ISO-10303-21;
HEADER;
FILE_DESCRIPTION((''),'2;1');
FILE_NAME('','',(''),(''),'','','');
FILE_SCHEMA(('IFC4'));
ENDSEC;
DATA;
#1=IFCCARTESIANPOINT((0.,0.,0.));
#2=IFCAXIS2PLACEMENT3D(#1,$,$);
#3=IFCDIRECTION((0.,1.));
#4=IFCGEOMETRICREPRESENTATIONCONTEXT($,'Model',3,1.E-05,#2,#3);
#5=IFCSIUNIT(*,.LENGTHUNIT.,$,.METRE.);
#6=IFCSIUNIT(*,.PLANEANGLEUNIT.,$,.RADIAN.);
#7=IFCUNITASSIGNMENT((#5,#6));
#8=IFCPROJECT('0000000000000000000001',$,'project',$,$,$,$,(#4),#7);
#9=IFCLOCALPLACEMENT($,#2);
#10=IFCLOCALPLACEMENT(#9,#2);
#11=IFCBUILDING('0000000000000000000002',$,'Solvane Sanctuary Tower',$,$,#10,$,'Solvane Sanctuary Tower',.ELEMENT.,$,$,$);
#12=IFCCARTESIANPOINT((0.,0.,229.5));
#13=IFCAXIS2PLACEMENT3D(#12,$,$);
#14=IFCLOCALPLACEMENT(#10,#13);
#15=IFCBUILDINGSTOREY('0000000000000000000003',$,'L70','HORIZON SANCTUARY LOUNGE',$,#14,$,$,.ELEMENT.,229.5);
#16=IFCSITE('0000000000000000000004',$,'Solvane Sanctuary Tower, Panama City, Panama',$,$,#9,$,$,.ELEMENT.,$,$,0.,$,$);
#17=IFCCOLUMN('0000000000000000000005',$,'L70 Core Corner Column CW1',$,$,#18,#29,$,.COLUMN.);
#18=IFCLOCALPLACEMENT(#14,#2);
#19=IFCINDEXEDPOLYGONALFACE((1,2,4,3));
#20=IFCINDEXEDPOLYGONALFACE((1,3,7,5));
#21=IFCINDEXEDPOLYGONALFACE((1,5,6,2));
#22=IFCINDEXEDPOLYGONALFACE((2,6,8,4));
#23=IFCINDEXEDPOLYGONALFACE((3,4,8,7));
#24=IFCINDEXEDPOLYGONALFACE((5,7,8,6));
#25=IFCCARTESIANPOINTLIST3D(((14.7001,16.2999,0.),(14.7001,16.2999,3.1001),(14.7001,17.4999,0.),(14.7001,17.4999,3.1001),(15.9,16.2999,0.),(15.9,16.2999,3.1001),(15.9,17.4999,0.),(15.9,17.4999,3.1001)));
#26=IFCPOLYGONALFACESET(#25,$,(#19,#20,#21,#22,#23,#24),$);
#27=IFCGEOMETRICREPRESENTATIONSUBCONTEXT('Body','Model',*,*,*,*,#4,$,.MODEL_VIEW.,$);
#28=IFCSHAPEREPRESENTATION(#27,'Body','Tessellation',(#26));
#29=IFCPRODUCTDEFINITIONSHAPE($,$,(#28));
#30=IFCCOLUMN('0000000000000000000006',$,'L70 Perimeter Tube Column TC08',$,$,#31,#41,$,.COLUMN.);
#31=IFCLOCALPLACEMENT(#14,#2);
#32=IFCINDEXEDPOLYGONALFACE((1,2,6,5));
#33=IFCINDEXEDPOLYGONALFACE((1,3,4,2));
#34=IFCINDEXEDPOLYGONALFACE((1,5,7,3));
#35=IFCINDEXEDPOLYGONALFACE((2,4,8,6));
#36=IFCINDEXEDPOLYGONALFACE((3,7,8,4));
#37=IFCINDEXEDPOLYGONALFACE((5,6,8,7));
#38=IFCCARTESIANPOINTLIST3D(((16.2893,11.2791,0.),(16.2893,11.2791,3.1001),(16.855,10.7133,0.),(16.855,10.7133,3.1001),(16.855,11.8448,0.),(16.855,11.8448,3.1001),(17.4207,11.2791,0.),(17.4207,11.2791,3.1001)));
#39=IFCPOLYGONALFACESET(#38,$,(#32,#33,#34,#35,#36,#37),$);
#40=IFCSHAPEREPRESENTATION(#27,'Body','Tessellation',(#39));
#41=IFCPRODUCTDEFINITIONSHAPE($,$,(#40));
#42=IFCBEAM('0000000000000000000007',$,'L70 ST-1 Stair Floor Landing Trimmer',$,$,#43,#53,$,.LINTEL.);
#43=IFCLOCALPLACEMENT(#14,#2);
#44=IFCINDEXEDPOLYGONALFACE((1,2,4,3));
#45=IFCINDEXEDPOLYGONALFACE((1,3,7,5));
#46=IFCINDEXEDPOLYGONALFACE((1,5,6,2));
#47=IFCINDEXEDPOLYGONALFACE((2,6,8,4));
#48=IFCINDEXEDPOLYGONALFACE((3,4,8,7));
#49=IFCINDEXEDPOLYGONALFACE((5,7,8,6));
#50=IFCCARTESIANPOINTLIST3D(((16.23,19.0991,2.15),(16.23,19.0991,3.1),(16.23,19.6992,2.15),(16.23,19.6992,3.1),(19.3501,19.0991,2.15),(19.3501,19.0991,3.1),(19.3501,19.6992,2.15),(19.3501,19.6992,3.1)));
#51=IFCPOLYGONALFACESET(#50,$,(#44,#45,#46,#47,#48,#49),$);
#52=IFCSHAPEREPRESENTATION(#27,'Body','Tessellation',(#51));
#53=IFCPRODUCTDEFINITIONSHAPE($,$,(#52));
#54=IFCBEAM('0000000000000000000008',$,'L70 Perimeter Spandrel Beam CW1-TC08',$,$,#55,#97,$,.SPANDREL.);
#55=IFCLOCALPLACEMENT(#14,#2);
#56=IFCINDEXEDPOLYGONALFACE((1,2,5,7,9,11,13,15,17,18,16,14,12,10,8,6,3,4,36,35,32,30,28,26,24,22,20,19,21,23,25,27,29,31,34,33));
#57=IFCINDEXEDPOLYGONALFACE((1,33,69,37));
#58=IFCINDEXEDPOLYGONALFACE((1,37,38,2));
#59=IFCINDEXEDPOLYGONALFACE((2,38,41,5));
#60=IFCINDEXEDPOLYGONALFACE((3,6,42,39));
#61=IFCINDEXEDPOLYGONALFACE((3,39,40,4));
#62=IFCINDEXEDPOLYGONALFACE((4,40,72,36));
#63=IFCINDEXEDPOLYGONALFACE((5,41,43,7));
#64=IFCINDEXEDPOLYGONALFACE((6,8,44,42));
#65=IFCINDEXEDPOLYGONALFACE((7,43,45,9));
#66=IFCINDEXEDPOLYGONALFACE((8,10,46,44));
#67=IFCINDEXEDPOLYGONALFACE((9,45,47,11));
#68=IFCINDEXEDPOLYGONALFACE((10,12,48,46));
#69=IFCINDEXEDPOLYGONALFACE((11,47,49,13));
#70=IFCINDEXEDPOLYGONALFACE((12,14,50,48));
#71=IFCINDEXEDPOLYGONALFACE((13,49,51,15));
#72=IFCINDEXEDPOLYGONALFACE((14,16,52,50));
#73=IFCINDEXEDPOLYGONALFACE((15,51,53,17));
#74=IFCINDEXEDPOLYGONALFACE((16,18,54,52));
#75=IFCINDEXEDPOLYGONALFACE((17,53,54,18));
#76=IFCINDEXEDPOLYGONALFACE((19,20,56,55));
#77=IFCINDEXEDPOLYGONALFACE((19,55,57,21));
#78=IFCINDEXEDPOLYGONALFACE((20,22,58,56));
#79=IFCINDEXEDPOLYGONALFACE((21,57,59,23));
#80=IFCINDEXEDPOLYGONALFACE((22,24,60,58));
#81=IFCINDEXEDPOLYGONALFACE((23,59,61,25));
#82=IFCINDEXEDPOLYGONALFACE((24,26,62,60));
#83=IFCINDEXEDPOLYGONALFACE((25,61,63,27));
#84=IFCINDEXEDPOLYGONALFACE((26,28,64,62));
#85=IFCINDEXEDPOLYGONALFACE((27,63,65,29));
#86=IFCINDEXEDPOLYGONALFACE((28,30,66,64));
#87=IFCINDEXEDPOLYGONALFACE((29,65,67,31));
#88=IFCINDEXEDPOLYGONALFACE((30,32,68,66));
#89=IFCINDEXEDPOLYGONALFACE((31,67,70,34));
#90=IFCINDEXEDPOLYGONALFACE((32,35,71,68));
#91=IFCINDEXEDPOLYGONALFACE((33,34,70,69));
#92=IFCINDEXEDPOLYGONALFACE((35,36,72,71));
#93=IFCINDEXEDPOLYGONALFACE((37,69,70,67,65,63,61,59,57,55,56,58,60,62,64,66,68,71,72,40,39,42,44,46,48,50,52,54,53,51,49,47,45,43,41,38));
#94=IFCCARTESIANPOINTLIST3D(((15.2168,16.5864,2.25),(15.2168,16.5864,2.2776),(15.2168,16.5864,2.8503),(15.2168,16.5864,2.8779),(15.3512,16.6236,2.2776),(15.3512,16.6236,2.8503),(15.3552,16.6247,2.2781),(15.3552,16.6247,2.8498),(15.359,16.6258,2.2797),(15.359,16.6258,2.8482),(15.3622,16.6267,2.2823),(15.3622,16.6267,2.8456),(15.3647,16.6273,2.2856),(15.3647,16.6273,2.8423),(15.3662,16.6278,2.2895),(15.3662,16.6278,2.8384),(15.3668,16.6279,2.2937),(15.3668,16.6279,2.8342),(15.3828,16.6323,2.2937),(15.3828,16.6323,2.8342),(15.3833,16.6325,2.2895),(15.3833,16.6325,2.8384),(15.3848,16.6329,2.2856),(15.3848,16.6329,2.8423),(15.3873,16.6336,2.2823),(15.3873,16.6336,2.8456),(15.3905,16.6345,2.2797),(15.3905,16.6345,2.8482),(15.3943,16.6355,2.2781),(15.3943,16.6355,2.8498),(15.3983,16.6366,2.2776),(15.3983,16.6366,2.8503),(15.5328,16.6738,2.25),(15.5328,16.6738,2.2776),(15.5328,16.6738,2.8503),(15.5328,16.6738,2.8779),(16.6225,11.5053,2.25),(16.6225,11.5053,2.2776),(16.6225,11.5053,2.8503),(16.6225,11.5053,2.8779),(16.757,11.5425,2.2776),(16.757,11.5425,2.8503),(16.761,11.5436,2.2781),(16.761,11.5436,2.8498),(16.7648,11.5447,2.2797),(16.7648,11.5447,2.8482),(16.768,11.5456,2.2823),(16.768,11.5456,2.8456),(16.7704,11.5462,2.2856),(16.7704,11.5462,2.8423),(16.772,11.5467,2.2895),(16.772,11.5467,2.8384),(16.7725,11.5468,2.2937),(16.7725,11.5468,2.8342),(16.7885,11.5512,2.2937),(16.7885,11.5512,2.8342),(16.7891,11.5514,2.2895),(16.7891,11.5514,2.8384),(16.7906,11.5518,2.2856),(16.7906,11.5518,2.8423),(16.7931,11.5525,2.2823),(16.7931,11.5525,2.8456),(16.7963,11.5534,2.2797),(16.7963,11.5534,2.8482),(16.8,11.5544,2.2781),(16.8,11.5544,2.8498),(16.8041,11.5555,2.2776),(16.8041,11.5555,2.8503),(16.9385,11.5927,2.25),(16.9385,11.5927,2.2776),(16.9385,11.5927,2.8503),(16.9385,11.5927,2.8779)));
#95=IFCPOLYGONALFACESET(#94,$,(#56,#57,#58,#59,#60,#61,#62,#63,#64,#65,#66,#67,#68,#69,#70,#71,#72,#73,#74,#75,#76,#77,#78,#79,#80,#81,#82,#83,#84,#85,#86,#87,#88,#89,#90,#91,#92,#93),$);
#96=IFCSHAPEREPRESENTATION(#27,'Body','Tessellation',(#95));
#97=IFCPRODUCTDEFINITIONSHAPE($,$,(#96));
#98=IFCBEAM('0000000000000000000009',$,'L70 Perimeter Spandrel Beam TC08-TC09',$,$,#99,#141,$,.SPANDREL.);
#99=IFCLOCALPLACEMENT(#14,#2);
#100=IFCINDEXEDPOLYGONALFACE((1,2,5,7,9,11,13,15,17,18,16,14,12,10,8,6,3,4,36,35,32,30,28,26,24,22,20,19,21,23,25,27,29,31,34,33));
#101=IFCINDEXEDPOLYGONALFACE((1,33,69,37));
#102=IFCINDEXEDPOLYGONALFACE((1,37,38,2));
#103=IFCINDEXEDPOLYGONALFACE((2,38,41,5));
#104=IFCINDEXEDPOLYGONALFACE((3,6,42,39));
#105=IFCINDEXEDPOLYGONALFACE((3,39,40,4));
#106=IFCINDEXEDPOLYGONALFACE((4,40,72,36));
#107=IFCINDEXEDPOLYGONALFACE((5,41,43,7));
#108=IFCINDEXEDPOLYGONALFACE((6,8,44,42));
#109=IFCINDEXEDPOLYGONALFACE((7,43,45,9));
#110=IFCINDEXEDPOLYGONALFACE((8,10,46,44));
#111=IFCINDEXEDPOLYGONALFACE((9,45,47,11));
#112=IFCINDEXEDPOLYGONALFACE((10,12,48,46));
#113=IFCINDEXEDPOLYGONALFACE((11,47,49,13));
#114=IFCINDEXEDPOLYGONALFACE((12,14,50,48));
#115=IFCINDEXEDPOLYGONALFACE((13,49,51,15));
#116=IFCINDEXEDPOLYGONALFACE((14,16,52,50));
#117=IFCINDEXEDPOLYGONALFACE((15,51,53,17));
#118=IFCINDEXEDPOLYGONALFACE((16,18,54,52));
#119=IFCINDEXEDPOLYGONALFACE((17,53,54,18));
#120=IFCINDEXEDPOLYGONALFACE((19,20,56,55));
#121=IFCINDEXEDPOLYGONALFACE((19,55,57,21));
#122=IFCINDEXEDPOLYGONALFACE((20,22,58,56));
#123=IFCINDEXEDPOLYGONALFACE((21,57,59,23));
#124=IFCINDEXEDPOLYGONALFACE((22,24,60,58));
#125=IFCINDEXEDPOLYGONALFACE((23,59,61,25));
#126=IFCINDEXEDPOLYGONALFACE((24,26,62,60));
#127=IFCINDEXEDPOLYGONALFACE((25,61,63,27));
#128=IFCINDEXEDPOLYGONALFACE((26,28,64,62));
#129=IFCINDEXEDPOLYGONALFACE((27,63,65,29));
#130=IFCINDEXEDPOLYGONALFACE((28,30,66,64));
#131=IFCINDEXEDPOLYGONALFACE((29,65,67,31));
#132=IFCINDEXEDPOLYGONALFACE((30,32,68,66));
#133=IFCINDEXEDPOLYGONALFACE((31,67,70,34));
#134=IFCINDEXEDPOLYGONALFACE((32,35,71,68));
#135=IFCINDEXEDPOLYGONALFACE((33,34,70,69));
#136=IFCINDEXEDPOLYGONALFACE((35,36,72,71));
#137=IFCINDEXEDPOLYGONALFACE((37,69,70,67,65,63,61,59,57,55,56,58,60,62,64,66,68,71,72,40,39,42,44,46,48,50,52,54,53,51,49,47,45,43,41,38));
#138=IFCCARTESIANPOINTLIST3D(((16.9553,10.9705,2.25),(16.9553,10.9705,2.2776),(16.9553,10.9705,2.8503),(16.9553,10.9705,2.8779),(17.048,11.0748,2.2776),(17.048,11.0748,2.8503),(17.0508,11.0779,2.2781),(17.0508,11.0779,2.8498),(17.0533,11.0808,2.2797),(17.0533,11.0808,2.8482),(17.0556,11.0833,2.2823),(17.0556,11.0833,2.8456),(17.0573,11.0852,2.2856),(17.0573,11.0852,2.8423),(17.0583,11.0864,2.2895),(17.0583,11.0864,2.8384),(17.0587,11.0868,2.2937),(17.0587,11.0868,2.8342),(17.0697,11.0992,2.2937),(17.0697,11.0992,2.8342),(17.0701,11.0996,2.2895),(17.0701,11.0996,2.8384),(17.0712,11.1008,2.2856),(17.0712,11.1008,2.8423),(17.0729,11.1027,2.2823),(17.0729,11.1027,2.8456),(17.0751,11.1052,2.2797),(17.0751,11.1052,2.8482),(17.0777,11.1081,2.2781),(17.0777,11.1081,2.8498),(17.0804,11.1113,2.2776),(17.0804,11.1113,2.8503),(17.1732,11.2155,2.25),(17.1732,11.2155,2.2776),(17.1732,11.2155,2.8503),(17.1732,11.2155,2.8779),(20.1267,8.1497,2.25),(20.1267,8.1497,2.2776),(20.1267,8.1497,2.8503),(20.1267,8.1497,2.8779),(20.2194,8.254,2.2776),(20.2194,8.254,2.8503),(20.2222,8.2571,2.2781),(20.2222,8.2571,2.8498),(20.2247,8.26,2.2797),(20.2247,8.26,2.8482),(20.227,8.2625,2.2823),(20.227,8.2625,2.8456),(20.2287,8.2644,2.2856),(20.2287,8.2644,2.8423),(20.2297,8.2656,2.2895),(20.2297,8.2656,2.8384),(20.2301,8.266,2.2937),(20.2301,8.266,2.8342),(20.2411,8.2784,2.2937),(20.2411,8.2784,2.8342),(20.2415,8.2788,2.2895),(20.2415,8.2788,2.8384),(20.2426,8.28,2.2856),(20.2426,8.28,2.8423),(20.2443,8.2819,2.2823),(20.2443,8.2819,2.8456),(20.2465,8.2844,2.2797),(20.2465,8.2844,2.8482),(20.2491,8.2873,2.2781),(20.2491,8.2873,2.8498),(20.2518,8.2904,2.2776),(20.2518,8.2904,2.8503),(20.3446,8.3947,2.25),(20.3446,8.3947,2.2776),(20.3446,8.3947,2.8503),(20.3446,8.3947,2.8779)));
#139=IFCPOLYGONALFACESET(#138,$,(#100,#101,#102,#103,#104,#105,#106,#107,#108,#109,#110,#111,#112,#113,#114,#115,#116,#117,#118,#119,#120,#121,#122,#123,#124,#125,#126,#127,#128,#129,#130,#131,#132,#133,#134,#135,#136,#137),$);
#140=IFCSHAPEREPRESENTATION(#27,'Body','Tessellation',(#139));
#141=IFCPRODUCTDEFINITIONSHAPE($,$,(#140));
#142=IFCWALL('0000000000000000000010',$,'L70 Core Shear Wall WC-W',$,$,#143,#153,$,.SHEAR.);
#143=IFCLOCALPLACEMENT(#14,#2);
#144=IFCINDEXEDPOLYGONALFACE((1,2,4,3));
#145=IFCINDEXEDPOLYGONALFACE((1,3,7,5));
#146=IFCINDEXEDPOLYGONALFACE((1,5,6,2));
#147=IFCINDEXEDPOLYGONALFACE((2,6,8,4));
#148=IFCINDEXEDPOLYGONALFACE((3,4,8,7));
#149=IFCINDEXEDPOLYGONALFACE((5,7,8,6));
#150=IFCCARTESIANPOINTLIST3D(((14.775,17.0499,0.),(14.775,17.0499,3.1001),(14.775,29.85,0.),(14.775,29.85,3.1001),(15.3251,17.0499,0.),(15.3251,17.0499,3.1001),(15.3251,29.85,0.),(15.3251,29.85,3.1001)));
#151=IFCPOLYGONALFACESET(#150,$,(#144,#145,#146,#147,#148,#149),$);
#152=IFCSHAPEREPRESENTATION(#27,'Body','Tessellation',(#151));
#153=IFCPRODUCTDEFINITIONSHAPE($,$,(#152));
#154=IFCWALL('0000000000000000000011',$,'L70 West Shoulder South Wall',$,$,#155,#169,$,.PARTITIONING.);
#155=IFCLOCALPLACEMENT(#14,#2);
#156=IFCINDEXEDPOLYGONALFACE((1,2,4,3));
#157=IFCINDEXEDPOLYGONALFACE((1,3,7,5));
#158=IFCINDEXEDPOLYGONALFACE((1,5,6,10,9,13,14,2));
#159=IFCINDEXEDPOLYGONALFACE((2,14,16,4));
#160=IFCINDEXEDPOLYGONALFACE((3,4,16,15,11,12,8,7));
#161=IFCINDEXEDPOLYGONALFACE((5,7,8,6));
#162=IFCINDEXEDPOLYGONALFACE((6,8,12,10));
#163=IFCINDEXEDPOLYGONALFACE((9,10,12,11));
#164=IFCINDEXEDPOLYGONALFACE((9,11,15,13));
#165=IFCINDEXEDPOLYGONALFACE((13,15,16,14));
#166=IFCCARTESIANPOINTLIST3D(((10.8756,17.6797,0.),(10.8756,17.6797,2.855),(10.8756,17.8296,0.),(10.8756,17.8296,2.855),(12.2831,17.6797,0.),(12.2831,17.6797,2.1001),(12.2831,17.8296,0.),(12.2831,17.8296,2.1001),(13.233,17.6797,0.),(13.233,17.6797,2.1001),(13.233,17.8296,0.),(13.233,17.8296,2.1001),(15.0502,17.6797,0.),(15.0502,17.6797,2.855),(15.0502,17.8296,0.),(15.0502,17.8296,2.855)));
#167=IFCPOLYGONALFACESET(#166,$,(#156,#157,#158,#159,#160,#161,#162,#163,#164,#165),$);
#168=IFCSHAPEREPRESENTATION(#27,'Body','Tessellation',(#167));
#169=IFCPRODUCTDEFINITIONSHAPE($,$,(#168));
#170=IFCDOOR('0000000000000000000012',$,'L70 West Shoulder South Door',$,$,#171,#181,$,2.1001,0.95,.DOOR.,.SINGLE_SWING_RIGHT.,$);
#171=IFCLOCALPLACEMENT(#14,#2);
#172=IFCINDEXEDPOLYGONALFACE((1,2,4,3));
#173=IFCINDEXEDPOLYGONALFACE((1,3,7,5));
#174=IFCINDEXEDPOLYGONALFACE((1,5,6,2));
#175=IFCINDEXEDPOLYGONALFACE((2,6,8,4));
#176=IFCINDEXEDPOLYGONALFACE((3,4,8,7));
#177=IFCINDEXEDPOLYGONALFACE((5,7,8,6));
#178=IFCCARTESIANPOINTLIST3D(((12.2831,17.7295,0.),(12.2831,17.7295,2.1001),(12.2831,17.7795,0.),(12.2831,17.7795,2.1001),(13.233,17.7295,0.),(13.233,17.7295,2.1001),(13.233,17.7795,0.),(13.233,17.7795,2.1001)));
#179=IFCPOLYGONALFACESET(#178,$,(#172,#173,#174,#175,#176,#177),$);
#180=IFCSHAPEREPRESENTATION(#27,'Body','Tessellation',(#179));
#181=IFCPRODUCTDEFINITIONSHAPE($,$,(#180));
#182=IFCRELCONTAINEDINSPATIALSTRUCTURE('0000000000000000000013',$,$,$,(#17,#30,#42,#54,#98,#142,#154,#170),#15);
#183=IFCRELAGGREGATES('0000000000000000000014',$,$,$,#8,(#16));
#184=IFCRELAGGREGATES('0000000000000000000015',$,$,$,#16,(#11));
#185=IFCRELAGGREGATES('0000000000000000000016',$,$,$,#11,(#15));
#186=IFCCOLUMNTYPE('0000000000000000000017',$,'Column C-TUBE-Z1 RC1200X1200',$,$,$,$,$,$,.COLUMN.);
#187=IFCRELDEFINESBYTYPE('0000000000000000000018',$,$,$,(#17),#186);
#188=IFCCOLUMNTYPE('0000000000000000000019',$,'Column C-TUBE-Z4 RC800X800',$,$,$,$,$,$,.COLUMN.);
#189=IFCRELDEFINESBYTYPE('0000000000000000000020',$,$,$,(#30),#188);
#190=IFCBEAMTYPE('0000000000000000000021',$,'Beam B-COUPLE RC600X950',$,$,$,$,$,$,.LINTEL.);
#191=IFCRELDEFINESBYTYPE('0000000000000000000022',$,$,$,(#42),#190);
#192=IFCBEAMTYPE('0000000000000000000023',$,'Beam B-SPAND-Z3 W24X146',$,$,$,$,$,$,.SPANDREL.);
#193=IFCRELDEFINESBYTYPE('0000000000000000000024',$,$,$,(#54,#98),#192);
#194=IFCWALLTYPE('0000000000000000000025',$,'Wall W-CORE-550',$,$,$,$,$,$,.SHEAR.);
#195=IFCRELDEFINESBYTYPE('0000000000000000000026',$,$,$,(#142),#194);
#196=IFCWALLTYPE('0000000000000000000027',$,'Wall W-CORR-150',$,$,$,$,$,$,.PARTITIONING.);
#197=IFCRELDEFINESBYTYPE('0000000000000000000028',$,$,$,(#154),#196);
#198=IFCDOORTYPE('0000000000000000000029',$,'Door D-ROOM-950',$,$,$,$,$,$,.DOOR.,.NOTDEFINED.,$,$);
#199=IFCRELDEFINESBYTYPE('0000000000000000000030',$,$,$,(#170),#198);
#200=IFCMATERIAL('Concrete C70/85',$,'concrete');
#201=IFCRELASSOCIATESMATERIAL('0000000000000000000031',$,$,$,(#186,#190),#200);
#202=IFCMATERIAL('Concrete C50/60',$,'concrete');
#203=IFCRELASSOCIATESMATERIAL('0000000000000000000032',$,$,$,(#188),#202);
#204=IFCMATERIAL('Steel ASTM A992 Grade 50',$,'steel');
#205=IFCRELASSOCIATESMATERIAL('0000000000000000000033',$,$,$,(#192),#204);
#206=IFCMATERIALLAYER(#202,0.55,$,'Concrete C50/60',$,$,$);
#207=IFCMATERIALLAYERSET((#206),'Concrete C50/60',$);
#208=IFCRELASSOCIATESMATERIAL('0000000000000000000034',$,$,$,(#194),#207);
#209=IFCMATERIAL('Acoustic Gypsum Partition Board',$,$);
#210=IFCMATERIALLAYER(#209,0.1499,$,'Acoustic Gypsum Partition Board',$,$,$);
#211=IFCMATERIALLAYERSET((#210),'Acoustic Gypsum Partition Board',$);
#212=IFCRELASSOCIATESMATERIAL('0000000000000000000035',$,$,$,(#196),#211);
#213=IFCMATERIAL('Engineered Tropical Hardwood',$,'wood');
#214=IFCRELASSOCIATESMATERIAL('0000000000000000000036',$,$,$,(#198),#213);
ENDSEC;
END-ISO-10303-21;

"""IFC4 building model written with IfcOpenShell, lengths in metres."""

from ifc_helpers import new_model, si_unit, direction, frame, frame_2d, origin, origin_2d, place, context, subcontext, project, spatial, rectangle, i_section, extrude, material, layer, layer_set, material_profile, profile_set, type_object, element, fill, save


model = new_model("IFC4")

# Units and contexts
model_context = context("Model", 3, precision=1e-05, world=origin(), true_north=direction((0.0, 1.0)))
body_context = subcontext(model_context, "Body", "Model", "MODEL_VIEW")
ifc_project = project(units=[si_unit("LENGTHUNIT", "METRE"), si_unit("PLANEANGLEUNIT", "RADIAN")], contexts=[model_context])

# Site, building, storey
site_placement = place(None, origin())
site = spatial("IfcSite", under=ifc_project, at=site_placement, Name="Solvane Sanctuary Tower, Panama City, Panama", CompositionType="ELEMENT", RefElevation=0.0)
building_placement = place(site_placement, origin())
building = spatial("IfcBuilding", under=site, at=building_placement, Name="Solvane Sanctuary Tower", LongName="Solvane Sanctuary Tower", CompositionType="ELEMENT")
storey_placement = place(building_placement, frame((0.0, 0.0, 229.5)))
storey = spatial("IfcBuildingStorey", under=building, at=storey_placement, Name="L70", Description="HORIZON SANCTUARY LOUNGE", CompositionType="ELEMENT", Elevation=229.5)

# Columns
ifc_material_1 = material(Name="Concrete C70/85", Category="concrete")
ifc_material_profile_1 = material_profile(ifc_material_1, rectangle(XDim=1.2, YDim=1.2, at=origin_2d()), Name="RC1200X1200")
ifc_profile_set_1 = profile_set([ifc_material_profile_1], Name="Concrete C70/85")
column_type_1 = type_object("IfcColumnType", Name="Column C-TUBE-Z1 RC1200X1200", PredefinedType="COLUMN", material=ifc_profile_set_1)
column_1_placement = place(storey_placement, frame((15.3, 16.8999, 0.0), z_axis=(0.0, 0.0, 1.0), x_axis=(1.0, 0.0, 0.0)))
element("IfcColumn", 1, at=column_1_placement, inside=storey, type_object=column_type_1, Name="L70 Core Corner Column CW1", PredefinedType="COLUMN", context=body_context, shape_type="SweptSolid", body=[
    extrude(rectangle(XDim=1.2, YDim=1.2, at=origin_2d()), origin(), (0.0, 0.0, 1.0), 3.1001),
])
ifc_material_2 = material(Name="Concrete C50/60", Category="concrete")
ifc_material_profile_2 = material_profile(ifc_material_2, rectangle(XDim=0.8, YDim=0.8, at=origin_2d()), Name="RC800X800")
ifc_profile_set_2 = profile_set([ifc_material_profile_2], Name="Concrete C50/60")
column_type_2 = type_object("IfcColumnType", Name="Column C-TUBE-Z4 RC800X800", PredefinedType="COLUMN", material=ifc_profile_set_2)
column_2_placement = place(storey_placement, frame((16.855, 11.2791, 0.0), z_axis=(0.0, 0.0, 1.0), x_axis=(-0.707107, -0.707107, 0.0)))
element("IfcColumn", 2, at=column_2_placement, inside=storey, type_object=column_type_2, Name="L70 Perimeter Tube Column TC08", PredefinedType="COLUMN", context=body_context, shape_type="SweptSolid", body=[
    extrude(rectangle(XDim=0.8, YDim=0.8, at=origin_2d()), origin(), (0.0, 0.0, 1.0), 3.1001),
])

# Beams
ifc_material_profile_3 = material_profile(ifc_material_1, rectangle(XDim=0.6001, YDim=0.95, at=origin_2d()), Name="RC600X950")
ifc_profile_set_3 = profile_set([ifc_material_profile_3], Name="Concrete C70/85")
beam_type_1 = type_object("IfcBeamType", Name="Beam B-COUPLE RC600X950", PredefinedType="LINTEL", material=ifc_profile_set_3)
beam_1_placement = place(storey_placement, frame((16.23, 19.3992, 2.625), z_axis=(1.0, 0.0, 0.0), x_axis=(0.0, 1.0, 0.0)))
element("IfcBeam", 3, at=beam_1_placement, inside=storey, type_object=beam_type_1, Name="L70 ST-1 Stair Floor Landing Trimmer", PredefinedType="LINTEL", context=body_context, shape_type="SweptSolid", body=[
    extrude(rectangle(XDim=0.6001, YDim=0.95, at=origin_2d()), origin(), (0.0, 0.0, 1.0), 3.1201),
])
ifc_material_3 = material(Name="Steel ASTM A992 Grade 50", Category="steel")
ifc_material_profile_4 = material_profile(ifc_material_3, i_section(OverallWidth=0.3279, OverallDepth=0.6279, WebThickness=0.0166, FlangeThickness=0.0276, FilletRadius=0.0161, at=origin_2d()), Name="W24X146")
ifc_profile_set_4 = profile_set([ifc_material_profile_4], Name="Steel ASTM A992 Grade 50")
beam_type_2 = type_object("IfcBeamType", Name="Beam B-SPAND-Z3 W24X146", PredefinedType="SPANDREL", material=ifc_profile_set_4)
beam_2_placement = place(storey_placement, frame((15.3748, 16.6301, 2.564), z_axis=(0.26665, -0.963793, 0.0), x_axis=(0.963793, 0.26665, 0.0)))
element("IfcBeam", 4, at=beam_2_placement, inside=storey, type_object=beam_type_2, Name="L70 Perimeter Spandrel Beam CW1-TC08", PredefinedType="SPANDREL", context=body_context, shape_type="SweptSolid", body=[
    extrude(i_section(OverallWidth=0.3279, OverallDepth=0.6279, WebThickness=0.0166, FlangeThickness=0.0276, FilletRadius=0.0161, at=origin_2d()), origin(), (0.0, 0.0, 1.0), 5.272),
])
beam_3_placement = place(storey_placement, frame((17.0642, 11.093, 2.564), z_axis=(0.7472, -0.664599, 0.0), x_axis=(0.664599, 0.7472, 0.0)))
element("IfcBeam", 5, at=beam_3_placement, inside=storey, type_object=beam_type_2, Name="L70 Perimeter Spandrel Beam TC08-TC09", PredefinedType="SPANDREL", context=body_context, shape_type="SweptSolid", body=[
    extrude(i_section(OverallWidth=0.3279, OverallDepth=0.6279, WebThickness=0.0166, FlangeThickness=0.0276, FilletRadius=0.0161, at=origin_2d()), origin(), (0.0, 0.0, 1.0), 4.2444),
])

# Wall
ifc_layer_1 = layer(ifc_material_2, 0.55, Name="Concrete C50/60")
ifc_layer_set_1 = layer_set([ifc_layer_1], Name="Concrete C50/60")
wall_type_1 = type_object("IfcWallType", Name="Wall W-CORE-550", PredefinedType="SHEAR", material=ifc_layer_set_1)
wall_1_placement = place(storey_placement, frame((15.05, 17.05, 0.0), z_axis=(0.0, 0.0, 1.0), x_axis=(0.0, 1.0, 0.0)))
element("IfcWall", 6, at=wall_1_placement, inside=storey, type_object=wall_type_1, Name="L70 Core Shear Wall WC-W", PredefinedType="SHEAR", context=body_context, shape_type="SweptSolid", body=[
    extrude(rectangle(XDim=12.8, YDim=0.55, at=frame_2d((6.3999, 0.0))), origin(), (0.0, 0.0, 1.0), 3.1001),
])

# Wall, opening, door
ifc_material_4 = material(Name="Acoustic Gypsum Partition Board")
ifc_layer_2 = layer(ifc_material_4, 0.1499, Name="Acoustic Gypsum Partition Board")
ifc_layer_set_2 = layer_set([ifc_layer_2], Name="Acoustic Gypsum Partition Board")
wall_type_2 = type_object("IfcWallType", Name="Wall W-CORR-150", PredefinedType="PARTITIONING", material=ifc_layer_set_2)
wall_2_placement = place(storey_placement, frame((10.8755, 17.7546, 0.0), z_axis=(0.0, 0.0, 1.0), x_axis=(1.0, 0.0, 0.0)))
wall_2 = element("IfcWall", 7, at=wall_2_placement, inside=storey, type_object=wall_type_2, Name="L70 West Shoulder South Wall", PredefinedType="PARTITIONING", context=body_context, shape_type="SweptSolid", body=[
    extrude(rectangle(XDim=4.1746, YDim=0.1499, at=frame_2d((2.0874, 0.0))), origin(), (0.0, 0.0, 1.0), 2.855),
])
opening_1_placement = place(wall_2_placement, frame((1.4075, 0.0, 0.0)))
opening_1 = element("IfcOpeningElement", 8, at=opening_1_placement, cuts=wall_2, PredefinedType="OPENING", context=body_context, shape_type="SweptSolid", body=[
    extrude(rectangle(XDim=0.95, YDim=2.1001, at=frame_2d((0.4751, 1.05))), frame((0.0, 0.085, 0.0), z_axis=(0.0, -1.0, 0.0), x_axis=(1.0, 0.0, 0.0)), (0.0, 0.0, 1.0), 0.1699),
])
ifc_material_5 = material(Name="Engineered Tropical Hardwood", Category="wood")
door_type_1 = type_object("IfcDoorType", Name="Door D-ROOM-950", OperationType="NOTDEFINED", PredefinedType="DOOR", material=ifc_material_5)
door_1_placement = place(opening_1_placement, origin())
door_1 = element("IfcDoor", 9, at=door_1_placement, inside=storey, type_object=door_type_1, Name="L70 West Shoulder South Door", OperationType="SINGLE_SWING_RIGHT", OverallHeight=2.1001, OverallWidth=0.95, PredefinedType="DOOR", context=body_context, shape_type="SweptSolid", body=[
    extrude(rectangle(XDim=0.95, YDim=2.1001, at=frame_2d((0.4751, 1.05))), frame((0.0, 0.0249, 0.0), z_axis=(0.0, -1.0, 0.0), x_axis=(1.0, 0.0, 0.0)), (0.0, 0.0, 1.0), 0.05),
])
fill(opening_1, door_1)

save(model, "model.ifc")
